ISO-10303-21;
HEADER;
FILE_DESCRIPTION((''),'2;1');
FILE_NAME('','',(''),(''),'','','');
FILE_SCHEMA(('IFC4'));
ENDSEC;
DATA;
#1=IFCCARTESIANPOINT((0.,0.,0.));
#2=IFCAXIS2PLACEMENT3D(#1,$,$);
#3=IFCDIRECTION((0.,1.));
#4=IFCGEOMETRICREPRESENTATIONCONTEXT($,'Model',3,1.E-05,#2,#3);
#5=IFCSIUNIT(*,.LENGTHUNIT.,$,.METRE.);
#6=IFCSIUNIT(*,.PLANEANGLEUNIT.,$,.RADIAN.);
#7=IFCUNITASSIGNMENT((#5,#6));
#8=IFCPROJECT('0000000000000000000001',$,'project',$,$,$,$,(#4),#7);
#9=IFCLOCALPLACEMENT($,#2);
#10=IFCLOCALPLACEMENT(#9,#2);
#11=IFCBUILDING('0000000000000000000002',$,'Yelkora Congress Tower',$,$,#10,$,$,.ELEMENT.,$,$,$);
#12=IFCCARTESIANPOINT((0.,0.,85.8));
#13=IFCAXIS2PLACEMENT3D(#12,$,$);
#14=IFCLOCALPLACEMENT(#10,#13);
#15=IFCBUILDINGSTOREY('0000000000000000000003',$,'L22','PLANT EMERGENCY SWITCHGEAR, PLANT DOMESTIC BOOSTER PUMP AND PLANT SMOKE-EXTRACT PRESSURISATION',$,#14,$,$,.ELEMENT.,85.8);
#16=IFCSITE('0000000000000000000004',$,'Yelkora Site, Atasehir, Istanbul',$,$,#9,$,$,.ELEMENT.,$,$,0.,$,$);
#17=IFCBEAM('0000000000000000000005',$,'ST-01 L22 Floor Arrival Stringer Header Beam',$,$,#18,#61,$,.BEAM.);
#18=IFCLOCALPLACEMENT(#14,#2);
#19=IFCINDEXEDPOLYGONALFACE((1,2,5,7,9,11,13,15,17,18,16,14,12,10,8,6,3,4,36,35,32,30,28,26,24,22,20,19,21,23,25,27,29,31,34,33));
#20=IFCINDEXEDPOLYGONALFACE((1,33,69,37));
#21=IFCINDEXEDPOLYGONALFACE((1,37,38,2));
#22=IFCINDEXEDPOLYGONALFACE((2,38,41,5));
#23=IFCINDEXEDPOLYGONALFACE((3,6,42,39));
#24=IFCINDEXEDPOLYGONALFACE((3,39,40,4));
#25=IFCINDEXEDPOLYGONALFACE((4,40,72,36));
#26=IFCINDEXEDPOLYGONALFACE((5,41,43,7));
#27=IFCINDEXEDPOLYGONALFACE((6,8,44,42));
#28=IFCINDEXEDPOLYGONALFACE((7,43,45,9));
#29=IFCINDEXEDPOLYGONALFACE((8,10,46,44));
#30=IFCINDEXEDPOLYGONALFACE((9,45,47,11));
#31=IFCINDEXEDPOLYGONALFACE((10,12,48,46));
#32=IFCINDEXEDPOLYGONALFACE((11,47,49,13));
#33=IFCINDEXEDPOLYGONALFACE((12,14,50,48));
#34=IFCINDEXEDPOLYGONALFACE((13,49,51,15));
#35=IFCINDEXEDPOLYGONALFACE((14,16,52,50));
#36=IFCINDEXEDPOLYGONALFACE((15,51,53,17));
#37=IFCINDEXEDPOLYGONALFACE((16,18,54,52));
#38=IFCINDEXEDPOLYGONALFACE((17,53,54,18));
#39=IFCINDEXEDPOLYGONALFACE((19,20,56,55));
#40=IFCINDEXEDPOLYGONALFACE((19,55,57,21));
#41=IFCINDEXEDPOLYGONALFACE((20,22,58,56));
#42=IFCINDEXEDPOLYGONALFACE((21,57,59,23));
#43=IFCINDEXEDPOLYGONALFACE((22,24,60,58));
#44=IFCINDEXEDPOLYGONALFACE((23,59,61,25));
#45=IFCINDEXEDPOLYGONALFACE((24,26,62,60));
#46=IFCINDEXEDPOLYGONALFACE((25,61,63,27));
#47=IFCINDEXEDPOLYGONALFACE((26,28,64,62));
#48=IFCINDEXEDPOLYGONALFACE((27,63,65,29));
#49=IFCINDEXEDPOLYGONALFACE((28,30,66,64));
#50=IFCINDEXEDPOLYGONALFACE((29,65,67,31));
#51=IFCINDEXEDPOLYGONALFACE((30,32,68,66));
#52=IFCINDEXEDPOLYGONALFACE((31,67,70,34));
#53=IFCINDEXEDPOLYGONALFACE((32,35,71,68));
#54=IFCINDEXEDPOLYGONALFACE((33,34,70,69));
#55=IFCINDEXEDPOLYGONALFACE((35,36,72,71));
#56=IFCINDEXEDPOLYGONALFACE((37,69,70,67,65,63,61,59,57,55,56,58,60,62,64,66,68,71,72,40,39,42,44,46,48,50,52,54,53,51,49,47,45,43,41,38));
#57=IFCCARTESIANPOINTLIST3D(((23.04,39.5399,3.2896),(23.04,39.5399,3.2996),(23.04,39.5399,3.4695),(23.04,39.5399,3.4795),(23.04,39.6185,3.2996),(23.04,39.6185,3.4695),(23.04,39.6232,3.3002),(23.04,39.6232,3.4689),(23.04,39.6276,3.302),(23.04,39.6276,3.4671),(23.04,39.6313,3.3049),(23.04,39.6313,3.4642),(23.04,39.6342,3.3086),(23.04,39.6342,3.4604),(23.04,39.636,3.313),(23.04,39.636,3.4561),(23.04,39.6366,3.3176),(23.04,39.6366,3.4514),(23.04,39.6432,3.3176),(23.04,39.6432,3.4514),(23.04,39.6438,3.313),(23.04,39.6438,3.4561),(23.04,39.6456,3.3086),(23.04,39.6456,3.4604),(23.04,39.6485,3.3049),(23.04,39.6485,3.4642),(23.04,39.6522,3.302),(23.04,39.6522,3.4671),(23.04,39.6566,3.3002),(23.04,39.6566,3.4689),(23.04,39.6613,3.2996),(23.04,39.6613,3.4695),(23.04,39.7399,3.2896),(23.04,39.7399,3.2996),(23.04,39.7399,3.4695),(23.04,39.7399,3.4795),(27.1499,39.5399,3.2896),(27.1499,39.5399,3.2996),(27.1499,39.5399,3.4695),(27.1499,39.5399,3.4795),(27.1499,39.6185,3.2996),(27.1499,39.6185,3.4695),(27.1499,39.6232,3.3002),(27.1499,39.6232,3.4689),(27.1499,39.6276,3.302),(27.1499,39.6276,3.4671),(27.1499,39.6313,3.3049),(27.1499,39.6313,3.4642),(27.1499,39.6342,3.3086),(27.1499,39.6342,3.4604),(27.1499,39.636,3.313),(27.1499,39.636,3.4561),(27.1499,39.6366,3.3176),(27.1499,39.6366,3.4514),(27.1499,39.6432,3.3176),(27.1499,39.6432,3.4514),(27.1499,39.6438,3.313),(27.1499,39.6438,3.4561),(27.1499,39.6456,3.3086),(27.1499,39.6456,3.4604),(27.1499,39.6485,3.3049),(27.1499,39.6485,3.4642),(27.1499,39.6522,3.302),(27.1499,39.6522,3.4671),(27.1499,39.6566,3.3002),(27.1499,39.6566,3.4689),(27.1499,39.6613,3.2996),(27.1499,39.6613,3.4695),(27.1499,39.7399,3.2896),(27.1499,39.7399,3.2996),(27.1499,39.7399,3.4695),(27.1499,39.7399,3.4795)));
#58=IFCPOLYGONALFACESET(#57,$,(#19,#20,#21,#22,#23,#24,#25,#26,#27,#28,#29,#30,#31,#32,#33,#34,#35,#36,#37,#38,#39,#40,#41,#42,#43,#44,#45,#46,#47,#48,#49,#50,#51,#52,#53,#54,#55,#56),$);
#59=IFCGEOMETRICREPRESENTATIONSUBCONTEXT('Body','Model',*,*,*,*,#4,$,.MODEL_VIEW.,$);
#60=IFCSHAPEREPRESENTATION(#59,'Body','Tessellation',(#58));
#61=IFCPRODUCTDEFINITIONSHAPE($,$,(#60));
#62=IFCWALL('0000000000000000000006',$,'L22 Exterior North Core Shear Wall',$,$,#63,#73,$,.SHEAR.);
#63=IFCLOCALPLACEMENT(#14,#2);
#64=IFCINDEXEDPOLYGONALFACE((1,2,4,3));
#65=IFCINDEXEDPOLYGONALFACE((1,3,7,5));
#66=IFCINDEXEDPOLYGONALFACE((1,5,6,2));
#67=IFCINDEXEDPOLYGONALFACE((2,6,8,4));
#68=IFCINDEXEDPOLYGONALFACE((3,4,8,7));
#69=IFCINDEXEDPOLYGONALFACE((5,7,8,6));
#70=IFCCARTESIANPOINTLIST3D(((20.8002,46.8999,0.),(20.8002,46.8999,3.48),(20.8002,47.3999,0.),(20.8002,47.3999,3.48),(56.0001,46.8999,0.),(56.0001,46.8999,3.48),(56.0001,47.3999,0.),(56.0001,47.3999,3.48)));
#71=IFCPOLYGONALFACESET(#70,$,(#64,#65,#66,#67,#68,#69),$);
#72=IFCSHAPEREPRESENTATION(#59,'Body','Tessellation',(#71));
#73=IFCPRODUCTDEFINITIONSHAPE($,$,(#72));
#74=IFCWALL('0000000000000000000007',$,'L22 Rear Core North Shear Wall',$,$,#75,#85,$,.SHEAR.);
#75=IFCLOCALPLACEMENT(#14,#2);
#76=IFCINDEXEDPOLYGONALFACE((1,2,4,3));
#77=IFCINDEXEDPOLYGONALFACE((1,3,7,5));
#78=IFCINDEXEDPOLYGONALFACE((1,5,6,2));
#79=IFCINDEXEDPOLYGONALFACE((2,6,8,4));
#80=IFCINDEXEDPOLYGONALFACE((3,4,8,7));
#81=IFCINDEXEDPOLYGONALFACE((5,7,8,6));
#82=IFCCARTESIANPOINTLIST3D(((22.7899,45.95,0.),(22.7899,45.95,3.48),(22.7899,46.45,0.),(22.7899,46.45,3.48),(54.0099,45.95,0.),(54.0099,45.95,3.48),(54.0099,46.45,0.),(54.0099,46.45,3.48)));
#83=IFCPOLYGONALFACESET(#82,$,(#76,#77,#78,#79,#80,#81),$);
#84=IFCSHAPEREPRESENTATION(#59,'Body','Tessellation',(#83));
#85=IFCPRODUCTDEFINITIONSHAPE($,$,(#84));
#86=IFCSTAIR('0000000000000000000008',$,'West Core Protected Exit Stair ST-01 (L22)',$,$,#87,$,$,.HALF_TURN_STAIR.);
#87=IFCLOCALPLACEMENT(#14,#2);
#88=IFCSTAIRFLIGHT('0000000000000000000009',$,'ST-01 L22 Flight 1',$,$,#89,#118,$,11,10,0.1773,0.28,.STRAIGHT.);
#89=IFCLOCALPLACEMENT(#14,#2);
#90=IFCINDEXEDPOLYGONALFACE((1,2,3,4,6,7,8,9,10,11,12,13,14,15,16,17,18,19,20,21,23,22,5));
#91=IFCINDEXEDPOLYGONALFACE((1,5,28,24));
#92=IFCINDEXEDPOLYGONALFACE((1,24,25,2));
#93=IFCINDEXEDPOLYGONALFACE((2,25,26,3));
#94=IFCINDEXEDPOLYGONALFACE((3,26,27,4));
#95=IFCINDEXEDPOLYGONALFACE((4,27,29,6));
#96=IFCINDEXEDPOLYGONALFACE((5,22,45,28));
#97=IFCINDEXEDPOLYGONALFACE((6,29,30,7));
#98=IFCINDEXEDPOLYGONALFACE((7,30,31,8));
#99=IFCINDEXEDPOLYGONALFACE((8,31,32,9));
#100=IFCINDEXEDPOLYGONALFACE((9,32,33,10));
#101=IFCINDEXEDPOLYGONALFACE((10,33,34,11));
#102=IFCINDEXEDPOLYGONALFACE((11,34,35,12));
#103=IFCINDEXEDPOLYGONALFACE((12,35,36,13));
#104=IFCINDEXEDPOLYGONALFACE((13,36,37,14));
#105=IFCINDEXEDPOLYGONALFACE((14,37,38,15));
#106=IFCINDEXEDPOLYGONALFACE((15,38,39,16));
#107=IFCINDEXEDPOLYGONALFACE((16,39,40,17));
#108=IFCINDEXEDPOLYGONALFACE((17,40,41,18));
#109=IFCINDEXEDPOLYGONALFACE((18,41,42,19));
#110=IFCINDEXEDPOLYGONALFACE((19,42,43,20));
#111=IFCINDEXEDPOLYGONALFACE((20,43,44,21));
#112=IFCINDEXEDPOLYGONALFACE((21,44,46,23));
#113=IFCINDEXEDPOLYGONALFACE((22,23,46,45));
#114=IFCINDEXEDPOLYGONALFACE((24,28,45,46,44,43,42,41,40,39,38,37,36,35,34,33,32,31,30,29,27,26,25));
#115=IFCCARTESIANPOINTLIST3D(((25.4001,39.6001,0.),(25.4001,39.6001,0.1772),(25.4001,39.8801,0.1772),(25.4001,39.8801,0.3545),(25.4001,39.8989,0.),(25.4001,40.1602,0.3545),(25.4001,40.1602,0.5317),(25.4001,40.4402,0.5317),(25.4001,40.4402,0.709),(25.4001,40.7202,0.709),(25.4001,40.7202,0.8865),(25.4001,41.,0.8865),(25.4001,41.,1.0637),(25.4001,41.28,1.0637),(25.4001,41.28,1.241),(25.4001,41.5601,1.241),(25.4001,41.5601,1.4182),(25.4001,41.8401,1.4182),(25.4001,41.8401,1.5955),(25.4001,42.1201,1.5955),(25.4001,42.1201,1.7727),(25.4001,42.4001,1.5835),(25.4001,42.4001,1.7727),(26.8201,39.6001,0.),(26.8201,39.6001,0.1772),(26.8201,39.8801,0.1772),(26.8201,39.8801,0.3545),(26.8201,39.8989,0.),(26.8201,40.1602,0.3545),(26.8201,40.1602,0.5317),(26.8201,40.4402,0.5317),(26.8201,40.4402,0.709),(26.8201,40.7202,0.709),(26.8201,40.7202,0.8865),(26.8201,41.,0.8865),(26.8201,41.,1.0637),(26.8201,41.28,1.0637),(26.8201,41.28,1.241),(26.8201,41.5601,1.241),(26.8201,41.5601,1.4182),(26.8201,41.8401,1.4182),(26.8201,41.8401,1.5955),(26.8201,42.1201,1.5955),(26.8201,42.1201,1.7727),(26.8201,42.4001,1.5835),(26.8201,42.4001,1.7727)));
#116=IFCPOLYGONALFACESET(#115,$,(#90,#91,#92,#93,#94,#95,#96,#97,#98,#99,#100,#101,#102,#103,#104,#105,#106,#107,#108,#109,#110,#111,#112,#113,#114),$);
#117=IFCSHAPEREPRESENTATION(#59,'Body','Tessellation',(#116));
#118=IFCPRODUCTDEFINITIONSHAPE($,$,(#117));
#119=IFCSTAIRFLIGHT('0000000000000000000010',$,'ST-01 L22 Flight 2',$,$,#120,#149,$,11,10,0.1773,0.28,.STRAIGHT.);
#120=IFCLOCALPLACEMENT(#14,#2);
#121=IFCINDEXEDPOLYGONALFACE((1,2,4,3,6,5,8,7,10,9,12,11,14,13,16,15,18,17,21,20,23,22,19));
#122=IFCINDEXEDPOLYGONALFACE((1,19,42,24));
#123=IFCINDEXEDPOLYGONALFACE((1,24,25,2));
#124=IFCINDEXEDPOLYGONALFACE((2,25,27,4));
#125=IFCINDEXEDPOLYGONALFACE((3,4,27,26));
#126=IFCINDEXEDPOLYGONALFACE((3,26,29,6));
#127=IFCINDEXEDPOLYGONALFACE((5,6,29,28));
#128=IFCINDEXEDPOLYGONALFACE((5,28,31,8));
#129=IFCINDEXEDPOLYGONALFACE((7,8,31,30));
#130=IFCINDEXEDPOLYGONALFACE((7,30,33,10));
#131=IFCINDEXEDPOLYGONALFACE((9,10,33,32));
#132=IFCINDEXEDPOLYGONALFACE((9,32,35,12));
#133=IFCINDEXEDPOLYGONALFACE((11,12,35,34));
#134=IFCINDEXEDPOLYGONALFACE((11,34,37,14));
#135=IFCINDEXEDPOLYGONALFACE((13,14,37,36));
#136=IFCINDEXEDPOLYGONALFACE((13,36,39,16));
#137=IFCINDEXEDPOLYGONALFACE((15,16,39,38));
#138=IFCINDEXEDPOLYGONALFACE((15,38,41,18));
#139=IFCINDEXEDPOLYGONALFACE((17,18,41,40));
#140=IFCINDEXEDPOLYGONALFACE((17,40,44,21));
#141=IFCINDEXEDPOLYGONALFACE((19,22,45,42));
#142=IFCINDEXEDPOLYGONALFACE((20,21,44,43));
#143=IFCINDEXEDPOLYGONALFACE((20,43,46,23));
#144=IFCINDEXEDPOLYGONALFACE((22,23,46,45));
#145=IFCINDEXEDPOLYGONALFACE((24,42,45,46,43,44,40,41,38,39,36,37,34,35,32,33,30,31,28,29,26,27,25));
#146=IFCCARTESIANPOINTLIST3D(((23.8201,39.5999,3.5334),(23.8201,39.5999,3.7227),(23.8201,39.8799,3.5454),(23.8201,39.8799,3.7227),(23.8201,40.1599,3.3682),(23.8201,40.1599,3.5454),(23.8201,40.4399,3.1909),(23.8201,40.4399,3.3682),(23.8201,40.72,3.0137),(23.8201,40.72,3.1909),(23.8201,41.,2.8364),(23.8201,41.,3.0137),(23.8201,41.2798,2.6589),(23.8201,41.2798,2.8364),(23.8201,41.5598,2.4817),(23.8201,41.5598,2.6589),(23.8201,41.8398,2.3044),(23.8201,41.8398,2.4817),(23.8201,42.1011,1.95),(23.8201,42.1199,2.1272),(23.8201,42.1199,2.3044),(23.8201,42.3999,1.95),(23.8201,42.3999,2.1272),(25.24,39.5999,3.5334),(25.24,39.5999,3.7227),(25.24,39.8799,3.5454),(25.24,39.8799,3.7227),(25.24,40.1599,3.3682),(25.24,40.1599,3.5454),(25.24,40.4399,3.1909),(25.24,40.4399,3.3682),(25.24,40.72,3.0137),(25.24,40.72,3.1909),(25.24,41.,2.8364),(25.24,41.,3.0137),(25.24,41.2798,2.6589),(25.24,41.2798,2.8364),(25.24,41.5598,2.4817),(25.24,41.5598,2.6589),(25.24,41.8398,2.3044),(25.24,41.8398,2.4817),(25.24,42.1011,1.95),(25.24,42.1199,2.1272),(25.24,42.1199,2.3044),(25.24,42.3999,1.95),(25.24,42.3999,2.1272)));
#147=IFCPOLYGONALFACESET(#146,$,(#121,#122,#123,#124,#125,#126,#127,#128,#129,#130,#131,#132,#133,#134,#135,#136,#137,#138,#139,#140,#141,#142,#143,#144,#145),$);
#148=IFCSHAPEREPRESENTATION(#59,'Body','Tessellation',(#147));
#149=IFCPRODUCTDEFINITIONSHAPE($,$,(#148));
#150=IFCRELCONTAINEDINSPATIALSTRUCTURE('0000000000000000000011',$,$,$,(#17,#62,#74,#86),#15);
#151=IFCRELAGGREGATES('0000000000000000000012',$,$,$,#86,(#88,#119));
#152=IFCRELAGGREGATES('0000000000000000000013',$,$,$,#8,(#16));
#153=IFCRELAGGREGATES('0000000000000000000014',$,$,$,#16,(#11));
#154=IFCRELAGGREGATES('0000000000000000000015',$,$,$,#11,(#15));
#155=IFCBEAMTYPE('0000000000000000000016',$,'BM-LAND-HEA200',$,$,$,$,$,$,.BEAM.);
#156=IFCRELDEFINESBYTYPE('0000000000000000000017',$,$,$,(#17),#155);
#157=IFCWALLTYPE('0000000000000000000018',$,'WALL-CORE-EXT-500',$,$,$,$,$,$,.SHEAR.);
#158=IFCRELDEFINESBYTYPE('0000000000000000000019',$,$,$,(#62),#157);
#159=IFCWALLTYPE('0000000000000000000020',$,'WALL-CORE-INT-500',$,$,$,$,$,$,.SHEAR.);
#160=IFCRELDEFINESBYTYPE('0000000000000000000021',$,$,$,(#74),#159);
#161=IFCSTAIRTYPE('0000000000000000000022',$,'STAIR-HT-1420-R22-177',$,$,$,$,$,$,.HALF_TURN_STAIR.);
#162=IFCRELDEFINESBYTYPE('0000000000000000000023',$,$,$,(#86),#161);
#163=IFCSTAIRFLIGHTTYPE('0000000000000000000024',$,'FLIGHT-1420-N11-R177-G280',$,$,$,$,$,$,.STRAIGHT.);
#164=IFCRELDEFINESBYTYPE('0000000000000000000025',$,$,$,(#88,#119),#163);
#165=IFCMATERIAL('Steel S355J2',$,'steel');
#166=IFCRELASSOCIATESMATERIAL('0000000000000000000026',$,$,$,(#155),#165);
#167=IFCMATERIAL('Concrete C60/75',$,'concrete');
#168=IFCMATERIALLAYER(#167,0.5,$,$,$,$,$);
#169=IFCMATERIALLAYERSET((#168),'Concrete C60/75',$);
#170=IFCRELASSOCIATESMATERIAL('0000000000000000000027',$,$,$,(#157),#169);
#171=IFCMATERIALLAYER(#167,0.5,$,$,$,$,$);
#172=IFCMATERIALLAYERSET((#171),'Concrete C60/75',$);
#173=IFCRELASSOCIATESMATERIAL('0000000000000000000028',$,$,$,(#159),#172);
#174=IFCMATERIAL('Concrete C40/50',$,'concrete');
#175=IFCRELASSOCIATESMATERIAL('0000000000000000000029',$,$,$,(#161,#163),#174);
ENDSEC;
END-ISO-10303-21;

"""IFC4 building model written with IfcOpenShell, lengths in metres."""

from ifc_helpers import new_model, si_unit, direction, frame, frame_2d, origin, origin_2d, place, context, subcontext, project, spatial, polyline, rectangle, i_section, outline, extrude, material, layer, layer_set, material_profile, profile_set, type_object, element, aggregate, save


model = new_model("IFC4")

# Units and contexts
model_context = context("Model", 3, precision=1e-05, world=origin(), true_north=direction((0.0, 1.0)))
body_context = subcontext(model_context, "Body", "Model", "MODEL_VIEW")
ifc_project = project(units=[si_unit("LENGTHUNIT", "METRE"), si_unit("PLANEANGLEUNIT", "RADIAN")], contexts=[model_context])

# Site, building, storey
site_placement = place(None, origin())
site = spatial("IfcSite", under=ifc_project, at=site_placement, Name="Yelkora Site, Atasehir, Istanbul", CompositionType="ELEMENT", RefElevation=0.0)
building_placement = place(site_placement, origin())
building = spatial("IfcBuilding", under=site, at=building_placement, Name="Yelkora Congress Tower", CompositionType="ELEMENT")
storey_placement = place(building_placement, frame((0.0, 0.0, 85.8)))
storey = spatial("IfcBuildingStorey", under=building, at=storey_placement, Name="L22", Description="PLANT EMERGENCY SWITCHGEAR, PLANT DOMESTIC BOOSTER PUMP AND PLANT SMOKE-EXTRACT PRESSURISATION", CompositionType="ELEMENT", Elevation=85.8)

# Shared definitions
ifc_material_1 = material(Name="Concrete C60/75", Category="concrete")

# Beam
ifc_material_2 = material(Name="Steel S355J2", Category="steel")
ifc_material_profile_1 = material_profile(ifc_material_2, i_section(OverallWidth=0.2, OverallDepth=0.1899, WebThickness=0.0066, FlangeThickness=0.01, FilletRadius=0.0181, at=origin_2d()), Name="HEA 200")
ifc_profile_set_1 = profile_set([ifc_material_profile_1], Name="Steel S355J2")
beam_type = type_object("IfcBeamType", Name="BM-LAND-HEA200", PredefinedType="BEAM", material=ifc_profile_set_1)
beam_1_placement = place(storey_placement, frame((23.04, 39.6399, 3.3845), z_axis=(1.0, 0.0, 0.0), x_axis=(0.0, 1.0, 0.0)))
element("IfcBeam", 1, at=beam_1_placement, inside=storey, type_object=beam_type, Name="ST-01 L22 Floor Arrival Stringer Header Beam", PredefinedType="BEAM", context=body_context, shape_type="SweptSolid", body=[
    extrude(i_section(OverallWidth=0.2, OverallDepth=0.1899, WebThickness=0.0066, FlangeThickness=0.01, FilletRadius=0.0181, at=origin_2d()), origin(), (0.0, 0.0, 1.0), 4.1099),
])

# Walls
ifc_layer_1 = layer(ifc_material_1, 0.5)
ifc_layer_set_1 = layer_set([ifc_layer_1], Name="Concrete C60/75")
wall_type_1 = type_object("IfcWallType", Name="WALL-CORE-EXT-500", PredefinedType="SHEAR", material=ifc_layer_set_1)
wall_1_placement = place(storey_placement, frame((20.8, 47.1499, 0.0), z_axis=(0.0, 0.0, 1.0), x_axis=(1.0, 0.0, 0.0)))
element("IfcWall", 2, at=wall_1_placement, inside=storey, type_object=wall_type_1, Name="L22 Exterior North Core Shear Wall", PredefinedType="SHEAR", context=body_context, shape_type="SweptSolid", body=[
    extrude(rectangle(XDim=35.2, YDim=0.5, at=frame_2d((17.6001, 0.0))), origin(), (0.0, 0.0, 1.0), 3.48),
])
ifc_layer_2 = layer(ifc_material_1, 0.5)
ifc_layer_set_2 = layer_set([ifc_layer_2], Name="Concrete C60/75")
wall_type_2 = type_object("IfcWallType", Name="WALL-CORE-INT-500", PredefinedType="SHEAR", material=ifc_layer_set_2)
wall_2_placement = place(storey_placement, frame((22.79, 46.2, 0.0), z_axis=(0.0, 0.0, 1.0), x_axis=(1.0, 0.0, 0.0)))
element("IfcWall", 3, at=wall_2_placement, inside=storey, type_object=wall_type_2, Name="L22 Rear Core North Shear Wall", PredefinedType="SHEAR", context=body_context, shape_type="SweptSolid", body=[
    extrude(rectangle(XDim=31.22, YDim=0.5, at=frame_2d((15.6099, 0.0))), origin(), (0.0, 0.0, 1.0), 3.48),
])

# Stair, stair flights
ifc_material_3 = material(Name="Concrete C40/50", Category="concrete")
stair_type = type_object("IfcStairType", Name="STAIR-HT-1420-R22-177", PredefinedType="HALF_TURN_STAIR", material=ifc_material_3)
stair_placement = place(storey_placement, origin())
stair = element("IfcStair", 4, at=stair_placement, inside=storey, type_object=stair_type, Name="West Core Protected Exit Stair ST-01 (L22)", PredefinedType="HALF_TURN_STAIR")
stair_flight_type = type_object("IfcStairFlightType", Name="FLIGHT-1420-N11-R177-G280", PredefinedType="STRAIGHT", material=ifc_material_3)
stair_flight_1_placement = place(storey_placement, frame((26.1101, 39.6001, 0.0), z_axis=(0.0, 0.0, 1.0), x_axis=(0.0, 1.0, 0.0)))
stair_flight_1 = element("IfcStairFlight", 5, at=stair_flight_1_placement, type_object=stair_flight_type, Name="ST-01 L22 Flight 1", NumberOfRisers=11, NumberOfTreads=10, PredefinedType="STRAIGHT", RiserHeight=0.1773, TreadLength=0.28, context=body_context, shape_type="SweptSolid", body=[
    extrude(outline(polyline([(0.0, 0.0), (0.0, 0.1772), (0.28, 0.1772), (0.28, 0.3545), (0.5601, 0.3545), (0.5601, 0.5317), (0.8401, 0.5317), (0.8401, 0.709), (1.1201, 0.709), (1.1201, 0.8865), (1.3999, 0.8865), (1.3999, 1.0637), (1.6799, 1.0637), (1.6799, 1.241), (1.96, 1.241), (1.96, 1.4182), (2.24, 1.4182), (2.24, 1.5955), (2.52, 1.5955), (2.52, 1.7727), (2.8, 1.7727), (2.8, 1.95), (2.8, 1.5835), (0.2988, 0.0), (0.0, 0.0)])), frame((0.0, 0.71, 0.0), z_axis=(0.0, -1.0, 0.0), x_axis=(1.0, 0.0, 0.0)), (0.0, 0.0, 1.0), 1.4199),
])
stair_flight_2_placement = place(storey_placement, frame((24.53, 42.3999, 1.95), z_axis=(0.0, 0.0, 1.0), x_axis=(0.0, -1.0, 0.0)))
stair_flight_2 = element("IfcStairFlight", 6, at=stair_flight_2_placement, type_object=stair_flight_type, Name="ST-01 L22 Flight 2", NumberOfRisers=11, NumberOfTreads=10, PredefinedType="STRAIGHT", RiserHeight=0.1773, TreadLength=0.28, context=body_context, shape_type="SweptSolid", body=[
    extrude(outline(polyline([(0.0, 0.0), (0.0, 0.1772), (0.28, 0.1772), (0.28, 0.3545), (0.5601, 0.3545), (0.5601, 0.5317), (0.8401, 0.5317), (0.8401, 0.709), (1.1201, 0.709), (1.1201, 0.8865), (1.3999, 0.8865), (1.3999, 1.0637), (1.6799, 1.0637), (1.6799, 1.241), (1.96, 1.241), (1.96, 1.4182), (2.24, 1.4182), (2.24, 1.5955), (2.52, 1.5955), (2.52, 1.7727), (2.8, 1.7727), (2.8, 1.95), (2.8, 1.5835), (0.2988, 0.0), (0.0, 0.0)])), frame((0.0, 0.71, 0.0), z_axis=(0.0, -1.0, 0.0), x_axis=(1.0, 0.0, 0.0)), (0.0, 0.0, 1.0), 1.4199),
])
aggregate(stair, [stair_flight_1, stair_flight_2])

save(model, "model.ifc")
